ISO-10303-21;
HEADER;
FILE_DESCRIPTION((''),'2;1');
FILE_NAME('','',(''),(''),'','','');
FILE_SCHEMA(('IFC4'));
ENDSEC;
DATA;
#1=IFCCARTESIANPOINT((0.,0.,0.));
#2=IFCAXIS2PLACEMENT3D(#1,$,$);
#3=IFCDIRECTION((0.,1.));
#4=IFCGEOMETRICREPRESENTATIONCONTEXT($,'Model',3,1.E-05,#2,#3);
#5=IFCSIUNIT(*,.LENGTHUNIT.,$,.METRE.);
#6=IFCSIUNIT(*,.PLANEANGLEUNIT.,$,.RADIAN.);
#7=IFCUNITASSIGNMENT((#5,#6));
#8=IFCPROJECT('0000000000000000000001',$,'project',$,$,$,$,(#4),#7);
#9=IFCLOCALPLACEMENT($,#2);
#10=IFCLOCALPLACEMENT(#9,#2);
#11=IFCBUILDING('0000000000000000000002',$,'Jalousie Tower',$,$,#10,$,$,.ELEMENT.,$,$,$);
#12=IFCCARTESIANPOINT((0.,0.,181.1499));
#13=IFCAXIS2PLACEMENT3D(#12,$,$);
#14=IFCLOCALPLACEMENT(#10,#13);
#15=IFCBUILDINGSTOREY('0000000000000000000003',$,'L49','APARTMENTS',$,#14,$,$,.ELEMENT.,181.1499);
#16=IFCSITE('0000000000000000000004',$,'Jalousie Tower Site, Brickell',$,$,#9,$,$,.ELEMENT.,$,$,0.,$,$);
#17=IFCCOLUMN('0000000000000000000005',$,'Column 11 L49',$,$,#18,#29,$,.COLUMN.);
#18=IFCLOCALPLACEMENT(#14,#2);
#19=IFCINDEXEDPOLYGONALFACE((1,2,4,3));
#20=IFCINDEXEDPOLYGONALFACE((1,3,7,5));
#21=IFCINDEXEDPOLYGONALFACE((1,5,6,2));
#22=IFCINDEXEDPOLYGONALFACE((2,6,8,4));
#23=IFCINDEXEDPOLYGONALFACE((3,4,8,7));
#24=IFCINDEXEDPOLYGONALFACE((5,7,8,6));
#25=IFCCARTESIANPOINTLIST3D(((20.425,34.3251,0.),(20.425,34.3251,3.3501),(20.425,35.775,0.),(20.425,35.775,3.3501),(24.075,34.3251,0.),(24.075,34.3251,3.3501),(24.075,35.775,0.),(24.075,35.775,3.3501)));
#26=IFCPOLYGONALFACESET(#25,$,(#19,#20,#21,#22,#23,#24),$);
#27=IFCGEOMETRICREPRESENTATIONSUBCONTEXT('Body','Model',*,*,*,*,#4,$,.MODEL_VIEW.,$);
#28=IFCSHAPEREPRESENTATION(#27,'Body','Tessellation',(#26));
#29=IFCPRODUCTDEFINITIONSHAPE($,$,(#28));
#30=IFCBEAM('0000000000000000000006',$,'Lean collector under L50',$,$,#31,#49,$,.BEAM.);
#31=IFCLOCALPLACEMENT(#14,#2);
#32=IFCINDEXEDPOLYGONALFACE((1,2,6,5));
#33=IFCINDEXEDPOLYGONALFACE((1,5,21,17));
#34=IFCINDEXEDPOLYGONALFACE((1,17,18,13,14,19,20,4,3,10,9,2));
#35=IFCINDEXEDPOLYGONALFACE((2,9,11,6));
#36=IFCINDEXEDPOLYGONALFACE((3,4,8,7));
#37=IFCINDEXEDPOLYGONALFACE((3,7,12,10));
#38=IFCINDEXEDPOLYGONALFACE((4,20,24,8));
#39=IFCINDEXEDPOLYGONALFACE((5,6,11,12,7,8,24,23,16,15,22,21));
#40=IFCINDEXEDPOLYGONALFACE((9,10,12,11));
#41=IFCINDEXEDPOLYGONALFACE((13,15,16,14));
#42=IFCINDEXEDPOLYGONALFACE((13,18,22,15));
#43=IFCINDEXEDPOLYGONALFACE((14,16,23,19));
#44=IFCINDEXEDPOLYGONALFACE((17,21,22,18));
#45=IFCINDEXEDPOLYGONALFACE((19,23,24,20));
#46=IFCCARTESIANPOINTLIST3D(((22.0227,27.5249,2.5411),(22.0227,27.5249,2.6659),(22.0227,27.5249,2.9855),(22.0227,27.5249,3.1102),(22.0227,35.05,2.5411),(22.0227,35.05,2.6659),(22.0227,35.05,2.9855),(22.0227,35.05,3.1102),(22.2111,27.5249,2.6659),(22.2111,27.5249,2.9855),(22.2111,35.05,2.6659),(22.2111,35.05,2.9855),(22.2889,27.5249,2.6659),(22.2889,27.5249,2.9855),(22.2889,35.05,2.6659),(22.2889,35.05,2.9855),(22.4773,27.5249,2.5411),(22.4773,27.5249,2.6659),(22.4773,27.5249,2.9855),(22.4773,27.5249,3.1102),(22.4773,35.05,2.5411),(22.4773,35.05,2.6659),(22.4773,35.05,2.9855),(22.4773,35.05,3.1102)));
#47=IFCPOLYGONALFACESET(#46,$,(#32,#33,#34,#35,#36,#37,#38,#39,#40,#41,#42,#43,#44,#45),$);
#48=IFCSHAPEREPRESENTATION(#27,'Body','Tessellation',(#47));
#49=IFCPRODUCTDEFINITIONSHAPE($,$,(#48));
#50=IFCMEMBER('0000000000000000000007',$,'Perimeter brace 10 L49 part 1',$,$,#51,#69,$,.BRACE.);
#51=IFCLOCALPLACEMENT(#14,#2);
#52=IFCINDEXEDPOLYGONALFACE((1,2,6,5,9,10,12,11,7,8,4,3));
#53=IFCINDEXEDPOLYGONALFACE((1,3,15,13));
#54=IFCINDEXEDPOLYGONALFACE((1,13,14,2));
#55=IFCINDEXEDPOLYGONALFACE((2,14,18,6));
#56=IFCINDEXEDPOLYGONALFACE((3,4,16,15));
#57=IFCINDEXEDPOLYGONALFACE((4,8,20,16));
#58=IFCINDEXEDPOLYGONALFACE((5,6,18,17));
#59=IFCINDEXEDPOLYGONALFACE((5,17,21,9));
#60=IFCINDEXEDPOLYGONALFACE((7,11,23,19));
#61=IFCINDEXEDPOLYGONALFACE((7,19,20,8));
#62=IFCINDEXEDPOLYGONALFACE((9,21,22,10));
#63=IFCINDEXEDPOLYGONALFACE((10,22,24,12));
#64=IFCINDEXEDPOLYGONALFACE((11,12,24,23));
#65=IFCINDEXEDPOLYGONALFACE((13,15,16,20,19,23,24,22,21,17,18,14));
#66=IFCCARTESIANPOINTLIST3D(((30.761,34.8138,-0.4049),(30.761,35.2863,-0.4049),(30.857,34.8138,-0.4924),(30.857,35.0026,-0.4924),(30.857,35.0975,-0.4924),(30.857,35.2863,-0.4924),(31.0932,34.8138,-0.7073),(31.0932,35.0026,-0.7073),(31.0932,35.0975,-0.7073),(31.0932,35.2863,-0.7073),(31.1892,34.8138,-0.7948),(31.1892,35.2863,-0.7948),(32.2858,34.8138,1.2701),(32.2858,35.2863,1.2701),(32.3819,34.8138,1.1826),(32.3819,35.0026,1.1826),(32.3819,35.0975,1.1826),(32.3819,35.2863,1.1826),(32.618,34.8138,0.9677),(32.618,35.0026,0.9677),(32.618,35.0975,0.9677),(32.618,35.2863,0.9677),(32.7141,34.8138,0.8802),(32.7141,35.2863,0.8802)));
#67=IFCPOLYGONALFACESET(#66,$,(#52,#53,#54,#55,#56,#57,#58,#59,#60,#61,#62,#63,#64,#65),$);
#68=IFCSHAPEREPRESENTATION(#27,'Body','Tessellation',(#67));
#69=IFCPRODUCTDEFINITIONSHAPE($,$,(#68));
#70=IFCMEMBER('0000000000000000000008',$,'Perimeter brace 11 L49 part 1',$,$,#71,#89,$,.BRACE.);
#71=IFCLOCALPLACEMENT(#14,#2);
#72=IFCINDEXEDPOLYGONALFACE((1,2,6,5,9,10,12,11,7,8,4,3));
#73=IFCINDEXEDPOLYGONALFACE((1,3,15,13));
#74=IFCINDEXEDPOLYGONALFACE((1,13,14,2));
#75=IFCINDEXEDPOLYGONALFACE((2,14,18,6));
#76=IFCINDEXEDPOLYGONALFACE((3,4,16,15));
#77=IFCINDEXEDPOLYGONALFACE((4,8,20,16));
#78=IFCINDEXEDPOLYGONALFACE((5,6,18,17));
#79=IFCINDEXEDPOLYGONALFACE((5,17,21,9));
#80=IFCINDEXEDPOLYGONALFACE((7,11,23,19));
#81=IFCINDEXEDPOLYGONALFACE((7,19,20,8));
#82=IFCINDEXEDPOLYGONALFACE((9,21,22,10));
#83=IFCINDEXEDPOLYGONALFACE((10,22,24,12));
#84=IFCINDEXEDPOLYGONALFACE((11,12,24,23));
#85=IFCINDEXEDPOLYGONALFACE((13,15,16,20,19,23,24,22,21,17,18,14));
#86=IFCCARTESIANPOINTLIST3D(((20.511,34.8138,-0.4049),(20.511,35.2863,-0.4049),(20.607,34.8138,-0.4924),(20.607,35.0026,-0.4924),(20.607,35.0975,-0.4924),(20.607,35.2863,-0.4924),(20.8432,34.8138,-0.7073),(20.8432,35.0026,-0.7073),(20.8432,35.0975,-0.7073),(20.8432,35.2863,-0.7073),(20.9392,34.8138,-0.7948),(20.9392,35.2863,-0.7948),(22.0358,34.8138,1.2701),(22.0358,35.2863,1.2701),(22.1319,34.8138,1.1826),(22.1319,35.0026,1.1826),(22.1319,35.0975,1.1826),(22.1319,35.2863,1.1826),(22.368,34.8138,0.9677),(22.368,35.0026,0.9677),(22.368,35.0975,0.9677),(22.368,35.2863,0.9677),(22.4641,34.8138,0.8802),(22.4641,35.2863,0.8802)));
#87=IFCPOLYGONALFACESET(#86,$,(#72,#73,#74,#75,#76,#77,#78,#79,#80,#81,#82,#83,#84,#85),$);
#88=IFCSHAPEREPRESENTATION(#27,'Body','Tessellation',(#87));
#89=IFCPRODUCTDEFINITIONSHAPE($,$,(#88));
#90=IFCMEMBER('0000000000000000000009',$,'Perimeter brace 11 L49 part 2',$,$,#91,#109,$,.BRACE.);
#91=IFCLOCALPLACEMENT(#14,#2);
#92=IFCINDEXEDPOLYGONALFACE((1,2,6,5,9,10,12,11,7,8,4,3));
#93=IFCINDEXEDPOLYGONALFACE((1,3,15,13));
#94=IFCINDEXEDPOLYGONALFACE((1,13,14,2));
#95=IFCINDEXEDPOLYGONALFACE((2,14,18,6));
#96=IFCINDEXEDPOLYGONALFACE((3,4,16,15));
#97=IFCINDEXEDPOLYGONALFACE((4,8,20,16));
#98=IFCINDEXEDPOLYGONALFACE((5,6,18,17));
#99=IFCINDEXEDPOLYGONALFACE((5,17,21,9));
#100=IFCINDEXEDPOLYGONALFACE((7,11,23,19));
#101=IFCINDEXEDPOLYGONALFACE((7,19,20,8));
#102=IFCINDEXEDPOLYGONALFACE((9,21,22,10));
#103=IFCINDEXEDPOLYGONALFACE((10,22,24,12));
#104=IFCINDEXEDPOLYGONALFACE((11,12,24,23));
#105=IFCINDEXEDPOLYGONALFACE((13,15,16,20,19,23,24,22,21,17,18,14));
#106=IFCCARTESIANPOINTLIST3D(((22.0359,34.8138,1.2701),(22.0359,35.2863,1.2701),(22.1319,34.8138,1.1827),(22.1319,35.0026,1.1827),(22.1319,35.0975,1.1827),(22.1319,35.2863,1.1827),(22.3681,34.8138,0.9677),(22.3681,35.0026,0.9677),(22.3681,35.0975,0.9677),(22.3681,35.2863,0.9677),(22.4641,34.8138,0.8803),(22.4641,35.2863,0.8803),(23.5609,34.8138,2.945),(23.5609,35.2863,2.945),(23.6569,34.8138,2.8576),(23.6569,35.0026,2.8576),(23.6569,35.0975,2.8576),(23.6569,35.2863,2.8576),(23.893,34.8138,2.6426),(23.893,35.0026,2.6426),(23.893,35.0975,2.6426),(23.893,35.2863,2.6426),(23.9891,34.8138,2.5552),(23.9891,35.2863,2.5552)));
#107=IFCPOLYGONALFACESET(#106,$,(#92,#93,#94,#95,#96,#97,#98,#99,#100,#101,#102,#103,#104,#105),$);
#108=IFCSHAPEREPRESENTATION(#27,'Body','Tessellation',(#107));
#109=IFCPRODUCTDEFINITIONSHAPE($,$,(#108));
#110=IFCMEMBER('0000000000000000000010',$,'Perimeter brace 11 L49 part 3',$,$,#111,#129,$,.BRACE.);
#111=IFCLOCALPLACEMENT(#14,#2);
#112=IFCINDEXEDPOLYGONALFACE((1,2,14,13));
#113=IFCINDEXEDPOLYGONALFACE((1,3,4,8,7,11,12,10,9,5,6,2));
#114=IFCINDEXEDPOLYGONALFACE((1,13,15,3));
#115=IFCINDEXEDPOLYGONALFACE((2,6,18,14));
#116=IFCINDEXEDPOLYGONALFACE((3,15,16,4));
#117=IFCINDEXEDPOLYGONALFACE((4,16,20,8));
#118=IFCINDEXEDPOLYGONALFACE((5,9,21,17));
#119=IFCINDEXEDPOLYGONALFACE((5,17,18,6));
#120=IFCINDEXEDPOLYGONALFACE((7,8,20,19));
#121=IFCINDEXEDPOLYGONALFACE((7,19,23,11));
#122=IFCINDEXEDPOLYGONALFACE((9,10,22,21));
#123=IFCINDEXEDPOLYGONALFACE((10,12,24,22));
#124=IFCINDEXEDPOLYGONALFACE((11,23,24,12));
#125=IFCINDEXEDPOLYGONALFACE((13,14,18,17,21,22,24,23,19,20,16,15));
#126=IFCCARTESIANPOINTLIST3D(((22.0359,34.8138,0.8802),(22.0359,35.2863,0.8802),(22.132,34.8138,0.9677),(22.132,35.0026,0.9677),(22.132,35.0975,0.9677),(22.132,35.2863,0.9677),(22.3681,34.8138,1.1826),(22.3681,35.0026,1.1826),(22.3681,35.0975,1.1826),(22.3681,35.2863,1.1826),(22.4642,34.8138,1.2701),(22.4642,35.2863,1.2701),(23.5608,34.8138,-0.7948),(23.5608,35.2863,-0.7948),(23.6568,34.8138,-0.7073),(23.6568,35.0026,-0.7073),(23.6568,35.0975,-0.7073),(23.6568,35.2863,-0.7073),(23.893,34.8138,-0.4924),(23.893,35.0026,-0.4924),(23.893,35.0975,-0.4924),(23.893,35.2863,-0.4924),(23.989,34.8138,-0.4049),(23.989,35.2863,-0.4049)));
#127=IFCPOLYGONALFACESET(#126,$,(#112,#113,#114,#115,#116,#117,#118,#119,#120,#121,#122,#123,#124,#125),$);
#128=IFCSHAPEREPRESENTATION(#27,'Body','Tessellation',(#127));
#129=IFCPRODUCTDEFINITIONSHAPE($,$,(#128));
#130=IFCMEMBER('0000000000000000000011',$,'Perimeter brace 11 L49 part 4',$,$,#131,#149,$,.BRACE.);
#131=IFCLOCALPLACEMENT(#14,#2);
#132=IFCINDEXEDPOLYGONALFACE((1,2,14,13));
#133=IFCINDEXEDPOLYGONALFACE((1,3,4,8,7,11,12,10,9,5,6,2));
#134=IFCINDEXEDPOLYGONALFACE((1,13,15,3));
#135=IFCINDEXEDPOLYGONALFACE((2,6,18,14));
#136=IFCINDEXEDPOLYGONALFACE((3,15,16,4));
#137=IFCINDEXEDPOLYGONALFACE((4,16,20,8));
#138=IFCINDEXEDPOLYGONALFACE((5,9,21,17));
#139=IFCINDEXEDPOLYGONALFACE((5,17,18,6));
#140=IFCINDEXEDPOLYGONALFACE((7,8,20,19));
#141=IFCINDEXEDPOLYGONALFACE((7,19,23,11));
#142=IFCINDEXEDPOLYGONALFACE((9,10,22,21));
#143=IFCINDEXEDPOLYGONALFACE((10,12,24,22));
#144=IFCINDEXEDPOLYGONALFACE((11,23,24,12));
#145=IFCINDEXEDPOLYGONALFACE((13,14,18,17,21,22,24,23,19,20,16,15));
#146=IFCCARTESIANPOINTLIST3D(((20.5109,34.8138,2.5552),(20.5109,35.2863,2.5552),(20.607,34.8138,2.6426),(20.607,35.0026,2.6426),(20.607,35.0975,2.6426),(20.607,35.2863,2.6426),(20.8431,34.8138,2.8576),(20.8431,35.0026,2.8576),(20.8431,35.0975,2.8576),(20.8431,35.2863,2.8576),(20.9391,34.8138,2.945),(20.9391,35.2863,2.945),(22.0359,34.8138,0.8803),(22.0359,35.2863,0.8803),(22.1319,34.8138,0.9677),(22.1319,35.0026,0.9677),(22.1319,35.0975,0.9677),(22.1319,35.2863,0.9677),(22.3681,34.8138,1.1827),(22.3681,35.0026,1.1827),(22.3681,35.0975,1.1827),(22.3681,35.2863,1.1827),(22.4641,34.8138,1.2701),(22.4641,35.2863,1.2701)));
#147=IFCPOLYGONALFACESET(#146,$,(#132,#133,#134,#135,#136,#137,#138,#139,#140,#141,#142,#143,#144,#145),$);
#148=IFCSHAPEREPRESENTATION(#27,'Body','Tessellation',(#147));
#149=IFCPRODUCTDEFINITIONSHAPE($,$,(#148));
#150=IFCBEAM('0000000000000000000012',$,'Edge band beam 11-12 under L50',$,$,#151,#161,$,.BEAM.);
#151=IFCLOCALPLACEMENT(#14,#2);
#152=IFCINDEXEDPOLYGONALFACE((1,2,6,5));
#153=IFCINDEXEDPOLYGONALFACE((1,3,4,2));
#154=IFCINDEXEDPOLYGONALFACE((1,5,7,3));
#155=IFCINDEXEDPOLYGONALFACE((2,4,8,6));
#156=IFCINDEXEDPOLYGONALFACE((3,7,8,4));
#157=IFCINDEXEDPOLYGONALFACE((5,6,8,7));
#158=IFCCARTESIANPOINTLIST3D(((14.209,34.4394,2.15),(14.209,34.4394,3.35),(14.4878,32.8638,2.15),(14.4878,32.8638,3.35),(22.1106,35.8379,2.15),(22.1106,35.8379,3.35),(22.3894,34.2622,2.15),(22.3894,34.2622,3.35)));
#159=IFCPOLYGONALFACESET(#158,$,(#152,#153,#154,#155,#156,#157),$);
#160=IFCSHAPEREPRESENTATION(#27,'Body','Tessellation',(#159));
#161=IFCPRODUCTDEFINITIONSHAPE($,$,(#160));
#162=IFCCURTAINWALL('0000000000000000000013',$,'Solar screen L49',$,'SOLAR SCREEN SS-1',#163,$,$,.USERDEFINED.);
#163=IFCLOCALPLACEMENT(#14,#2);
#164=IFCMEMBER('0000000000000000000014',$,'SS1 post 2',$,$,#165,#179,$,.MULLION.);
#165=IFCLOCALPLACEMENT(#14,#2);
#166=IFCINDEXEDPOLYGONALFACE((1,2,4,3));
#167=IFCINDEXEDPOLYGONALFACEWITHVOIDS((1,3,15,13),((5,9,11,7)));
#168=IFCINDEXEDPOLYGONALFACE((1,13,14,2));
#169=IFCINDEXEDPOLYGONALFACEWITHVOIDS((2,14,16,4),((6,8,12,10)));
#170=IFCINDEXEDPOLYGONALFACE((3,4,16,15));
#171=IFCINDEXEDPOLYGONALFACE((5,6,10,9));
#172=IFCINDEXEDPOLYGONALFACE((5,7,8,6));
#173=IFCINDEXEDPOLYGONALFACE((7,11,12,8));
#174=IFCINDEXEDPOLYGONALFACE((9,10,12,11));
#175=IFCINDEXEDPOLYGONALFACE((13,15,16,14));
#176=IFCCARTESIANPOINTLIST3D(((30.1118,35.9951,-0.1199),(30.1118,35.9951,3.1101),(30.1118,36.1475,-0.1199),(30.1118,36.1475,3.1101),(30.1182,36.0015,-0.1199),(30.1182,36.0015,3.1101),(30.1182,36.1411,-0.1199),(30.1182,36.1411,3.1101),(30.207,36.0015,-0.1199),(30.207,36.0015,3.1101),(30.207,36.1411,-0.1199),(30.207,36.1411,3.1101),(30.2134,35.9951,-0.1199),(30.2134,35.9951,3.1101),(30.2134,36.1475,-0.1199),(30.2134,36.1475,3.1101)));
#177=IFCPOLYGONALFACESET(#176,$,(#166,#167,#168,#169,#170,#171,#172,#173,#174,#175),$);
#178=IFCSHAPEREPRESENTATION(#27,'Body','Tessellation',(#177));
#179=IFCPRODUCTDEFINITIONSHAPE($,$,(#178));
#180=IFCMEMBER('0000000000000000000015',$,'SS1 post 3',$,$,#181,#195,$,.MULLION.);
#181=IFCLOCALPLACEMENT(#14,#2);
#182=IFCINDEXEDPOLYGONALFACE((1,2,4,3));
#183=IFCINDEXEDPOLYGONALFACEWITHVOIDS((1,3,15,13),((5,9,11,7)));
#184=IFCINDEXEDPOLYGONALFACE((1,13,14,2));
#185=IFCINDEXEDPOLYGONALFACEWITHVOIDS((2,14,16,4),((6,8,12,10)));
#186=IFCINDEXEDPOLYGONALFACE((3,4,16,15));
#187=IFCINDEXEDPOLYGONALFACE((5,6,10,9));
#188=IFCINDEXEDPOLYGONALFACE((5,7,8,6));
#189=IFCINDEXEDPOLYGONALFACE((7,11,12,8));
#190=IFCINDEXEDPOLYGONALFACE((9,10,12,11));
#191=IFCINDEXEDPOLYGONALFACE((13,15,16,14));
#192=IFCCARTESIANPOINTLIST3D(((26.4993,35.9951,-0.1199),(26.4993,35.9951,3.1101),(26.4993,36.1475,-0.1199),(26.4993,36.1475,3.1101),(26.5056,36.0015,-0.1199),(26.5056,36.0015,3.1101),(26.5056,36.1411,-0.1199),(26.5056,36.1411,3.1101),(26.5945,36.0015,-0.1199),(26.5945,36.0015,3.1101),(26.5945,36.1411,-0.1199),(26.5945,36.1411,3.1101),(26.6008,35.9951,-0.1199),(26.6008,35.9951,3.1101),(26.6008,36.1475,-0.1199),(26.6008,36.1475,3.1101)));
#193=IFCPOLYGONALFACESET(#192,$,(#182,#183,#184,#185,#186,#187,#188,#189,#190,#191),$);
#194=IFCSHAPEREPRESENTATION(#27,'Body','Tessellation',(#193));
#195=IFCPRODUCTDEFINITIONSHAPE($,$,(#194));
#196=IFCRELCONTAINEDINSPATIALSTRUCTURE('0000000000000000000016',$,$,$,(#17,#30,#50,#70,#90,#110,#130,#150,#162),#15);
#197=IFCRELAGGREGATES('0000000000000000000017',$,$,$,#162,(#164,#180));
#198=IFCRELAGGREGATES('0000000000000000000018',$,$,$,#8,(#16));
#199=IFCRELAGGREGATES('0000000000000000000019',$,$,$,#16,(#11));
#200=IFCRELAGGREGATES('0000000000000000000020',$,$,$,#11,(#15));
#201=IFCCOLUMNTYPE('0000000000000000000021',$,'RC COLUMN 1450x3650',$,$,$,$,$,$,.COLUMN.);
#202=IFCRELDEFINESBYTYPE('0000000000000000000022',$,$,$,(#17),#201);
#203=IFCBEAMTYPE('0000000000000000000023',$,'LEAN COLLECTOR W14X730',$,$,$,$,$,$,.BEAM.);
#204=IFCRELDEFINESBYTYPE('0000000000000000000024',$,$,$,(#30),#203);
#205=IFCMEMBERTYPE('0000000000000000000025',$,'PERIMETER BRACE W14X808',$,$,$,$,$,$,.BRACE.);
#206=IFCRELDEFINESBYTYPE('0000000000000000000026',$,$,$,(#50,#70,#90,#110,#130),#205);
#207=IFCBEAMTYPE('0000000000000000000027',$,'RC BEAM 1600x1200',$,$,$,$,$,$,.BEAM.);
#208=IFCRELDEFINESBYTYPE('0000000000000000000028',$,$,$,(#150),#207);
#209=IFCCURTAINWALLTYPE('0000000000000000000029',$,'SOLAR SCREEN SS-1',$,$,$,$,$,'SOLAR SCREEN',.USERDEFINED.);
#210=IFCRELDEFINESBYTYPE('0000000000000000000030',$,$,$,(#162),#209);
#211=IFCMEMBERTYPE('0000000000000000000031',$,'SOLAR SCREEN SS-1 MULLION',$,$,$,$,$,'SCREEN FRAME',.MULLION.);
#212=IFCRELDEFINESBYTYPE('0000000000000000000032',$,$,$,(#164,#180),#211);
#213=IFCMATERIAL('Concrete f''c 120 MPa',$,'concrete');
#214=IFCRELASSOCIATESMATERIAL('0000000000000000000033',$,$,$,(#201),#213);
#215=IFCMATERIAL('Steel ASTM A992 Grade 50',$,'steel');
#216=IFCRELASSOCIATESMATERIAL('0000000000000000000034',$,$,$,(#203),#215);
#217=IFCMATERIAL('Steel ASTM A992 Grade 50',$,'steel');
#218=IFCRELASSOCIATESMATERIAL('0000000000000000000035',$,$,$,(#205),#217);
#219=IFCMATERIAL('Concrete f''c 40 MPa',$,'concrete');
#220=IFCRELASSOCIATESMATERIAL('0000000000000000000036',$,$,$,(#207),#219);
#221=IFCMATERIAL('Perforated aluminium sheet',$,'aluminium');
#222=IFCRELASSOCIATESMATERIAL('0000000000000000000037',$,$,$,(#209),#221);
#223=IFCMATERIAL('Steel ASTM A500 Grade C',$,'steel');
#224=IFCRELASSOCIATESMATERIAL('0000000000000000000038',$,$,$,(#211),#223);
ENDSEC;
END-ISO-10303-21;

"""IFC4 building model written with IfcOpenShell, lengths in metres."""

from ifc_helpers import new_model, si_unit, direction, frame, origin, origin_2d, place, context, subcontext, project, spatial, rectangle, hollow_rectangle, i_section, extrude, material, material_profile, profile_set, type_object, element, aggregate, save


model = new_model("IFC4")

# Units and contexts
model_context = context("Model", 3, precision=1e-05, world=origin(), true_north=direction((0.0, 1.0)))
body_context = subcontext(model_context, "Body", "Model", "MODEL_VIEW")
ifc_project = project(units=[si_unit("LENGTHUNIT", "METRE"), si_unit("PLANEANGLEUNIT", "RADIAN")], contexts=[model_context])

# Site, building, storey
site_placement = place(None, origin())
site = spatial("IfcSite", under=ifc_project, at=site_placement, Name="Jalousie Tower Site, Brickell", CompositionType="ELEMENT", RefElevation=0.0)
building_placement = place(site_placement, origin())
building = spatial("IfcBuilding", under=site, at=building_placement, Name="Jalousie Tower", CompositionType="ELEMENT")
storey_placement = place(building_placement, frame((0.0, 0.0, 181.1499)))
storey = spatial("IfcBuildingStorey", under=building, at=storey_placement, Name="L49", Description="APARTMENTS", CompositionType="ELEMENT", Elevation=181.1499)

# Column
ifc_material_1 = material(Name="Concrete f'c 120 MPa", Category="concrete")
ifc_material_profile_1 = material_profile(ifc_material_1, rectangle(XDim=1.45, YDim=3.6499, at=origin_2d()), Name="RC 1450x3650")
ifc_profile_set_1 = profile_set([ifc_material_profile_1], Name="Concrete f'c 120 MPa")
column_type = type_object("IfcColumnType", Name="RC COLUMN 1450x3650", PredefinedType="COLUMN", material=ifc_profile_set_1)
column_placement = place(storey_placement, frame((22.25, 35.05, 0.0), z_axis=(0.0, 0.0, 1.0), x_axis=(0.0, 1.0, 0.0)))
element("IfcColumn", 1, at=column_placement, inside=storey, type_object=column_type, Name="Column 11 L49", PredefinedType="COLUMN", context=body_context, shape_type="SweptSolid", body=[
    extrude(rectangle(XDim=1.45, YDim=3.6499, at=origin_2d()), origin(), (0.0, 0.0, 1.0), 3.3501),
])

# Beam
ifc_material_2 = material(Name="Steel ASTM A992 Grade 50", Category="steel")
ifc_material_profile_2 = material_profile(ifc_material_2, i_section(OverallWidth=0.4546, OverallDepth=0.5691, WebThickness=0.0779, FlangeThickness=0.1248, at=origin_2d()), Name="W14X730")
ifc_profile_set_2 = profile_set([ifc_material_profile_2], Name="Steel ASTM A992 Grade 50")
beam_type_1 = type_object("IfcBeamType", Name="LEAN COLLECTOR W14X730", PredefinedType="BEAM", material=ifc_profile_set_2)
beam_1_placement = place(storey_placement, frame((22.25, 35.05, 2.8257), z_axis=(0.0, -1.0, 0.0), x_axis=(1.0, 0.0, 0.0)))
element("IfcBeam", 2, at=beam_1_placement, inside=storey, type_object=beam_type_1, Name="Lean collector under L50", PredefinedType="BEAM", context=body_context, shape_type="SweptSolid", body=[
    extrude(i_section(OverallWidth=0.4546, OverallDepth=0.5691, WebThickness=0.0779, FlangeThickness=0.1248, at=origin_2d()), origin(), (0.0, 0.0, 1.0), 7.5251),
])

# Members
ifc_material_3 = material(Name="Steel ASTM A992 Grade 50", Category="steel")
ifc_material_profile_3 = material_profile(ifc_material_3, i_section(OverallWidth=0.4724, OverallDepth=0.5791, WebThickness=0.095, FlangeThickness=0.1299, at=origin_2d()), Name="W14X808")
ifc_profile_set_3 = profile_set([ifc_material_profile_3], Name="Steel ASTM A992 Grade 50")
member_type_1 = type_object("IfcMemberType", Name="PERIMETER BRACE W14X808", PredefinedType="BRACE", material=ifc_profile_set_3)
for number, where, z_axis, x_axis, name in (
    (3, (30.9751, 35.05, -0.5999), (0.673188, 0.0, 0.739472), (0.0, 1.0, 0.0), "Perimeter brace 10 L49 part 1"),
    (4, (20.7251, 35.05, -0.5999), (0.673188, 0.0, 0.739472), (0.0, 1.0, 0.0), "Perimeter brace 11 L49 part 1"),
    (5, (22.25, 35.05, 1.0752), (0.673241, 0.0, 0.739423), (0.0, 1.0, 0.0), "Perimeter brace 11 L49 part 2"),
    (6, (23.7749, 35.05, -0.5999), (-0.673188, 0.0, 0.739472), (0.0, -1.0, 0.0), "Perimeter brace 11 L49 part 3"),
    (7, (22.25, 35.05, 1.0752), (-0.673241, 0.0, 0.739423), (0.0, -1.0, 0.0), "Perimeter brace 11 L49 part 4"),
):
    element("IfcMember", number, at=place(storey_placement, frame(where, z_axis=z_axis, x_axis=x_axis)), inside=storey, type_object=member_type_1, Name=name, PredefinedType="BRACE", context=body_context, shape_type="SweptSolid", body=[
        extrude(i_section(OverallWidth=0.4724, OverallDepth=0.5791, WebThickness=0.095, FlangeThickness=0.1299, at=origin_2d()), origin(), (0.0, 0.0, 1.0), 2.2651),
    ])

# Beam
ifc_material_4 = material(Name="Concrete f'c 40 MPa", Category="concrete")
ifc_material_profile_4 = material_profile(ifc_material_4, rectangle(XDim=1.6001, YDim=1.2, at=origin_2d()), Name="RC 1600x1200")
ifc_profile_set_4 = profile_set([ifc_material_profile_4], Name="Concrete f'c 40 MPa")
beam_type_2 = type_object("IfcBeamType", Name="RC BEAM 1600x1200", PredefinedType="BEAM", material=ifc_profile_set_4)
beam_2_placement = place(storey_placement, frame((22.25, 35.05, 2.75), z_axis=(-0.984697, -0.174273, 0.0), x_axis=(0.174273, -0.984697, 0.0)))
element("IfcBeam", 8, at=beam_2_placement, inside=storey, type_object=beam_type_2, Name="Edge band beam 11-12 under L50", PredefinedType="BEAM", context=body_context, shape_type="SweptSolid", body=[
    extrude(rectangle(XDim=1.6001, YDim=1.2, at=origin_2d()), origin(), (0.0, 0.0, 1.0), 8.0244),
])

# Curtain wall, members
ifc_material_5 = material(Name="Perforated aluminium sheet", Category="aluminium")
curtain_wall_type = type_object("IfcCurtainWallType", Name="SOLAR SCREEN SS-1", ElementType="SOLAR SCREEN", PredefinedType="USERDEFINED", material=ifc_material_5)
curtain_wall_1_placement = place(storey_placement, origin())
curtain_wall_1 = element("IfcCurtainWall", 9, at=curtain_wall_1_placement, inside=storey, type_object=curtain_wall_type, Name="Solar screen L49", ObjectType="SOLAR SCREEN SS-1", PredefinedType="USERDEFINED")
ifc_material_6 = material(Name="Steel ASTM A500 Grade C", Category="steel")
ifc_material_profile_5 = material_profile(ifc_material_6, hollow_rectangle(XDim=0.1016, YDim=0.1523, WallThickness=0.0063, at=origin_2d()), Name="HSS6X4X1/4")
ifc_profile_set_5 = profile_set([ifc_material_profile_5], Name="Steel ASTM A500 Grade C")
member_type_2 = type_object("IfcMemberType", Name="SOLAR SCREEN SS-1 MULLION", ElementType="SCREEN FRAME", PredefinedType="MULLION", material=ifc_profile_set_5)
member_1_placement = place(storey_placement, frame((30.1626, 36.0713, -0.1199), z_axis=(0.0, 0.0, 1.0), x_axis=(-1.0, 0.0, 0.0)))
member_1 = element("IfcMember", 10, at=member_1_placement, type_object=member_type_2, Name="SS1 post 2", PredefinedType="MULLION", context=body_context, shape_type="SweptSolid", body=[
    extrude(hollow_rectangle(XDim=0.1016, YDim=0.1523, WallThickness=0.0063, at=origin_2d()), origin(), (0.0, 0.0, 1.0), 3.23),
])
member_2_placement = place(storey_placement, frame((26.55, 36.0713, -0.1199), z_axis=(0.0, 0.0, 1.0), x_axis=(-1.0, 0.0, 0.0)))
member_2 = element("IfcMember", 11, at=member_2_placement, type_object=member_type_2, Name="SS1 post 3", PredefinedType="MULLION", context=body_context, shape_type="SweptSolid", body=[
    extrude(hollow_rectangle(XDim=0.1016, YDim=0.1523, WallThickness=0.0063, at=origin_2d()), origin(), (0.0, 0.0, 1.0), 3.23),
])

aggregate(curtain_wall_1, [member_1, member_2])

save(model, "model.ifc")
